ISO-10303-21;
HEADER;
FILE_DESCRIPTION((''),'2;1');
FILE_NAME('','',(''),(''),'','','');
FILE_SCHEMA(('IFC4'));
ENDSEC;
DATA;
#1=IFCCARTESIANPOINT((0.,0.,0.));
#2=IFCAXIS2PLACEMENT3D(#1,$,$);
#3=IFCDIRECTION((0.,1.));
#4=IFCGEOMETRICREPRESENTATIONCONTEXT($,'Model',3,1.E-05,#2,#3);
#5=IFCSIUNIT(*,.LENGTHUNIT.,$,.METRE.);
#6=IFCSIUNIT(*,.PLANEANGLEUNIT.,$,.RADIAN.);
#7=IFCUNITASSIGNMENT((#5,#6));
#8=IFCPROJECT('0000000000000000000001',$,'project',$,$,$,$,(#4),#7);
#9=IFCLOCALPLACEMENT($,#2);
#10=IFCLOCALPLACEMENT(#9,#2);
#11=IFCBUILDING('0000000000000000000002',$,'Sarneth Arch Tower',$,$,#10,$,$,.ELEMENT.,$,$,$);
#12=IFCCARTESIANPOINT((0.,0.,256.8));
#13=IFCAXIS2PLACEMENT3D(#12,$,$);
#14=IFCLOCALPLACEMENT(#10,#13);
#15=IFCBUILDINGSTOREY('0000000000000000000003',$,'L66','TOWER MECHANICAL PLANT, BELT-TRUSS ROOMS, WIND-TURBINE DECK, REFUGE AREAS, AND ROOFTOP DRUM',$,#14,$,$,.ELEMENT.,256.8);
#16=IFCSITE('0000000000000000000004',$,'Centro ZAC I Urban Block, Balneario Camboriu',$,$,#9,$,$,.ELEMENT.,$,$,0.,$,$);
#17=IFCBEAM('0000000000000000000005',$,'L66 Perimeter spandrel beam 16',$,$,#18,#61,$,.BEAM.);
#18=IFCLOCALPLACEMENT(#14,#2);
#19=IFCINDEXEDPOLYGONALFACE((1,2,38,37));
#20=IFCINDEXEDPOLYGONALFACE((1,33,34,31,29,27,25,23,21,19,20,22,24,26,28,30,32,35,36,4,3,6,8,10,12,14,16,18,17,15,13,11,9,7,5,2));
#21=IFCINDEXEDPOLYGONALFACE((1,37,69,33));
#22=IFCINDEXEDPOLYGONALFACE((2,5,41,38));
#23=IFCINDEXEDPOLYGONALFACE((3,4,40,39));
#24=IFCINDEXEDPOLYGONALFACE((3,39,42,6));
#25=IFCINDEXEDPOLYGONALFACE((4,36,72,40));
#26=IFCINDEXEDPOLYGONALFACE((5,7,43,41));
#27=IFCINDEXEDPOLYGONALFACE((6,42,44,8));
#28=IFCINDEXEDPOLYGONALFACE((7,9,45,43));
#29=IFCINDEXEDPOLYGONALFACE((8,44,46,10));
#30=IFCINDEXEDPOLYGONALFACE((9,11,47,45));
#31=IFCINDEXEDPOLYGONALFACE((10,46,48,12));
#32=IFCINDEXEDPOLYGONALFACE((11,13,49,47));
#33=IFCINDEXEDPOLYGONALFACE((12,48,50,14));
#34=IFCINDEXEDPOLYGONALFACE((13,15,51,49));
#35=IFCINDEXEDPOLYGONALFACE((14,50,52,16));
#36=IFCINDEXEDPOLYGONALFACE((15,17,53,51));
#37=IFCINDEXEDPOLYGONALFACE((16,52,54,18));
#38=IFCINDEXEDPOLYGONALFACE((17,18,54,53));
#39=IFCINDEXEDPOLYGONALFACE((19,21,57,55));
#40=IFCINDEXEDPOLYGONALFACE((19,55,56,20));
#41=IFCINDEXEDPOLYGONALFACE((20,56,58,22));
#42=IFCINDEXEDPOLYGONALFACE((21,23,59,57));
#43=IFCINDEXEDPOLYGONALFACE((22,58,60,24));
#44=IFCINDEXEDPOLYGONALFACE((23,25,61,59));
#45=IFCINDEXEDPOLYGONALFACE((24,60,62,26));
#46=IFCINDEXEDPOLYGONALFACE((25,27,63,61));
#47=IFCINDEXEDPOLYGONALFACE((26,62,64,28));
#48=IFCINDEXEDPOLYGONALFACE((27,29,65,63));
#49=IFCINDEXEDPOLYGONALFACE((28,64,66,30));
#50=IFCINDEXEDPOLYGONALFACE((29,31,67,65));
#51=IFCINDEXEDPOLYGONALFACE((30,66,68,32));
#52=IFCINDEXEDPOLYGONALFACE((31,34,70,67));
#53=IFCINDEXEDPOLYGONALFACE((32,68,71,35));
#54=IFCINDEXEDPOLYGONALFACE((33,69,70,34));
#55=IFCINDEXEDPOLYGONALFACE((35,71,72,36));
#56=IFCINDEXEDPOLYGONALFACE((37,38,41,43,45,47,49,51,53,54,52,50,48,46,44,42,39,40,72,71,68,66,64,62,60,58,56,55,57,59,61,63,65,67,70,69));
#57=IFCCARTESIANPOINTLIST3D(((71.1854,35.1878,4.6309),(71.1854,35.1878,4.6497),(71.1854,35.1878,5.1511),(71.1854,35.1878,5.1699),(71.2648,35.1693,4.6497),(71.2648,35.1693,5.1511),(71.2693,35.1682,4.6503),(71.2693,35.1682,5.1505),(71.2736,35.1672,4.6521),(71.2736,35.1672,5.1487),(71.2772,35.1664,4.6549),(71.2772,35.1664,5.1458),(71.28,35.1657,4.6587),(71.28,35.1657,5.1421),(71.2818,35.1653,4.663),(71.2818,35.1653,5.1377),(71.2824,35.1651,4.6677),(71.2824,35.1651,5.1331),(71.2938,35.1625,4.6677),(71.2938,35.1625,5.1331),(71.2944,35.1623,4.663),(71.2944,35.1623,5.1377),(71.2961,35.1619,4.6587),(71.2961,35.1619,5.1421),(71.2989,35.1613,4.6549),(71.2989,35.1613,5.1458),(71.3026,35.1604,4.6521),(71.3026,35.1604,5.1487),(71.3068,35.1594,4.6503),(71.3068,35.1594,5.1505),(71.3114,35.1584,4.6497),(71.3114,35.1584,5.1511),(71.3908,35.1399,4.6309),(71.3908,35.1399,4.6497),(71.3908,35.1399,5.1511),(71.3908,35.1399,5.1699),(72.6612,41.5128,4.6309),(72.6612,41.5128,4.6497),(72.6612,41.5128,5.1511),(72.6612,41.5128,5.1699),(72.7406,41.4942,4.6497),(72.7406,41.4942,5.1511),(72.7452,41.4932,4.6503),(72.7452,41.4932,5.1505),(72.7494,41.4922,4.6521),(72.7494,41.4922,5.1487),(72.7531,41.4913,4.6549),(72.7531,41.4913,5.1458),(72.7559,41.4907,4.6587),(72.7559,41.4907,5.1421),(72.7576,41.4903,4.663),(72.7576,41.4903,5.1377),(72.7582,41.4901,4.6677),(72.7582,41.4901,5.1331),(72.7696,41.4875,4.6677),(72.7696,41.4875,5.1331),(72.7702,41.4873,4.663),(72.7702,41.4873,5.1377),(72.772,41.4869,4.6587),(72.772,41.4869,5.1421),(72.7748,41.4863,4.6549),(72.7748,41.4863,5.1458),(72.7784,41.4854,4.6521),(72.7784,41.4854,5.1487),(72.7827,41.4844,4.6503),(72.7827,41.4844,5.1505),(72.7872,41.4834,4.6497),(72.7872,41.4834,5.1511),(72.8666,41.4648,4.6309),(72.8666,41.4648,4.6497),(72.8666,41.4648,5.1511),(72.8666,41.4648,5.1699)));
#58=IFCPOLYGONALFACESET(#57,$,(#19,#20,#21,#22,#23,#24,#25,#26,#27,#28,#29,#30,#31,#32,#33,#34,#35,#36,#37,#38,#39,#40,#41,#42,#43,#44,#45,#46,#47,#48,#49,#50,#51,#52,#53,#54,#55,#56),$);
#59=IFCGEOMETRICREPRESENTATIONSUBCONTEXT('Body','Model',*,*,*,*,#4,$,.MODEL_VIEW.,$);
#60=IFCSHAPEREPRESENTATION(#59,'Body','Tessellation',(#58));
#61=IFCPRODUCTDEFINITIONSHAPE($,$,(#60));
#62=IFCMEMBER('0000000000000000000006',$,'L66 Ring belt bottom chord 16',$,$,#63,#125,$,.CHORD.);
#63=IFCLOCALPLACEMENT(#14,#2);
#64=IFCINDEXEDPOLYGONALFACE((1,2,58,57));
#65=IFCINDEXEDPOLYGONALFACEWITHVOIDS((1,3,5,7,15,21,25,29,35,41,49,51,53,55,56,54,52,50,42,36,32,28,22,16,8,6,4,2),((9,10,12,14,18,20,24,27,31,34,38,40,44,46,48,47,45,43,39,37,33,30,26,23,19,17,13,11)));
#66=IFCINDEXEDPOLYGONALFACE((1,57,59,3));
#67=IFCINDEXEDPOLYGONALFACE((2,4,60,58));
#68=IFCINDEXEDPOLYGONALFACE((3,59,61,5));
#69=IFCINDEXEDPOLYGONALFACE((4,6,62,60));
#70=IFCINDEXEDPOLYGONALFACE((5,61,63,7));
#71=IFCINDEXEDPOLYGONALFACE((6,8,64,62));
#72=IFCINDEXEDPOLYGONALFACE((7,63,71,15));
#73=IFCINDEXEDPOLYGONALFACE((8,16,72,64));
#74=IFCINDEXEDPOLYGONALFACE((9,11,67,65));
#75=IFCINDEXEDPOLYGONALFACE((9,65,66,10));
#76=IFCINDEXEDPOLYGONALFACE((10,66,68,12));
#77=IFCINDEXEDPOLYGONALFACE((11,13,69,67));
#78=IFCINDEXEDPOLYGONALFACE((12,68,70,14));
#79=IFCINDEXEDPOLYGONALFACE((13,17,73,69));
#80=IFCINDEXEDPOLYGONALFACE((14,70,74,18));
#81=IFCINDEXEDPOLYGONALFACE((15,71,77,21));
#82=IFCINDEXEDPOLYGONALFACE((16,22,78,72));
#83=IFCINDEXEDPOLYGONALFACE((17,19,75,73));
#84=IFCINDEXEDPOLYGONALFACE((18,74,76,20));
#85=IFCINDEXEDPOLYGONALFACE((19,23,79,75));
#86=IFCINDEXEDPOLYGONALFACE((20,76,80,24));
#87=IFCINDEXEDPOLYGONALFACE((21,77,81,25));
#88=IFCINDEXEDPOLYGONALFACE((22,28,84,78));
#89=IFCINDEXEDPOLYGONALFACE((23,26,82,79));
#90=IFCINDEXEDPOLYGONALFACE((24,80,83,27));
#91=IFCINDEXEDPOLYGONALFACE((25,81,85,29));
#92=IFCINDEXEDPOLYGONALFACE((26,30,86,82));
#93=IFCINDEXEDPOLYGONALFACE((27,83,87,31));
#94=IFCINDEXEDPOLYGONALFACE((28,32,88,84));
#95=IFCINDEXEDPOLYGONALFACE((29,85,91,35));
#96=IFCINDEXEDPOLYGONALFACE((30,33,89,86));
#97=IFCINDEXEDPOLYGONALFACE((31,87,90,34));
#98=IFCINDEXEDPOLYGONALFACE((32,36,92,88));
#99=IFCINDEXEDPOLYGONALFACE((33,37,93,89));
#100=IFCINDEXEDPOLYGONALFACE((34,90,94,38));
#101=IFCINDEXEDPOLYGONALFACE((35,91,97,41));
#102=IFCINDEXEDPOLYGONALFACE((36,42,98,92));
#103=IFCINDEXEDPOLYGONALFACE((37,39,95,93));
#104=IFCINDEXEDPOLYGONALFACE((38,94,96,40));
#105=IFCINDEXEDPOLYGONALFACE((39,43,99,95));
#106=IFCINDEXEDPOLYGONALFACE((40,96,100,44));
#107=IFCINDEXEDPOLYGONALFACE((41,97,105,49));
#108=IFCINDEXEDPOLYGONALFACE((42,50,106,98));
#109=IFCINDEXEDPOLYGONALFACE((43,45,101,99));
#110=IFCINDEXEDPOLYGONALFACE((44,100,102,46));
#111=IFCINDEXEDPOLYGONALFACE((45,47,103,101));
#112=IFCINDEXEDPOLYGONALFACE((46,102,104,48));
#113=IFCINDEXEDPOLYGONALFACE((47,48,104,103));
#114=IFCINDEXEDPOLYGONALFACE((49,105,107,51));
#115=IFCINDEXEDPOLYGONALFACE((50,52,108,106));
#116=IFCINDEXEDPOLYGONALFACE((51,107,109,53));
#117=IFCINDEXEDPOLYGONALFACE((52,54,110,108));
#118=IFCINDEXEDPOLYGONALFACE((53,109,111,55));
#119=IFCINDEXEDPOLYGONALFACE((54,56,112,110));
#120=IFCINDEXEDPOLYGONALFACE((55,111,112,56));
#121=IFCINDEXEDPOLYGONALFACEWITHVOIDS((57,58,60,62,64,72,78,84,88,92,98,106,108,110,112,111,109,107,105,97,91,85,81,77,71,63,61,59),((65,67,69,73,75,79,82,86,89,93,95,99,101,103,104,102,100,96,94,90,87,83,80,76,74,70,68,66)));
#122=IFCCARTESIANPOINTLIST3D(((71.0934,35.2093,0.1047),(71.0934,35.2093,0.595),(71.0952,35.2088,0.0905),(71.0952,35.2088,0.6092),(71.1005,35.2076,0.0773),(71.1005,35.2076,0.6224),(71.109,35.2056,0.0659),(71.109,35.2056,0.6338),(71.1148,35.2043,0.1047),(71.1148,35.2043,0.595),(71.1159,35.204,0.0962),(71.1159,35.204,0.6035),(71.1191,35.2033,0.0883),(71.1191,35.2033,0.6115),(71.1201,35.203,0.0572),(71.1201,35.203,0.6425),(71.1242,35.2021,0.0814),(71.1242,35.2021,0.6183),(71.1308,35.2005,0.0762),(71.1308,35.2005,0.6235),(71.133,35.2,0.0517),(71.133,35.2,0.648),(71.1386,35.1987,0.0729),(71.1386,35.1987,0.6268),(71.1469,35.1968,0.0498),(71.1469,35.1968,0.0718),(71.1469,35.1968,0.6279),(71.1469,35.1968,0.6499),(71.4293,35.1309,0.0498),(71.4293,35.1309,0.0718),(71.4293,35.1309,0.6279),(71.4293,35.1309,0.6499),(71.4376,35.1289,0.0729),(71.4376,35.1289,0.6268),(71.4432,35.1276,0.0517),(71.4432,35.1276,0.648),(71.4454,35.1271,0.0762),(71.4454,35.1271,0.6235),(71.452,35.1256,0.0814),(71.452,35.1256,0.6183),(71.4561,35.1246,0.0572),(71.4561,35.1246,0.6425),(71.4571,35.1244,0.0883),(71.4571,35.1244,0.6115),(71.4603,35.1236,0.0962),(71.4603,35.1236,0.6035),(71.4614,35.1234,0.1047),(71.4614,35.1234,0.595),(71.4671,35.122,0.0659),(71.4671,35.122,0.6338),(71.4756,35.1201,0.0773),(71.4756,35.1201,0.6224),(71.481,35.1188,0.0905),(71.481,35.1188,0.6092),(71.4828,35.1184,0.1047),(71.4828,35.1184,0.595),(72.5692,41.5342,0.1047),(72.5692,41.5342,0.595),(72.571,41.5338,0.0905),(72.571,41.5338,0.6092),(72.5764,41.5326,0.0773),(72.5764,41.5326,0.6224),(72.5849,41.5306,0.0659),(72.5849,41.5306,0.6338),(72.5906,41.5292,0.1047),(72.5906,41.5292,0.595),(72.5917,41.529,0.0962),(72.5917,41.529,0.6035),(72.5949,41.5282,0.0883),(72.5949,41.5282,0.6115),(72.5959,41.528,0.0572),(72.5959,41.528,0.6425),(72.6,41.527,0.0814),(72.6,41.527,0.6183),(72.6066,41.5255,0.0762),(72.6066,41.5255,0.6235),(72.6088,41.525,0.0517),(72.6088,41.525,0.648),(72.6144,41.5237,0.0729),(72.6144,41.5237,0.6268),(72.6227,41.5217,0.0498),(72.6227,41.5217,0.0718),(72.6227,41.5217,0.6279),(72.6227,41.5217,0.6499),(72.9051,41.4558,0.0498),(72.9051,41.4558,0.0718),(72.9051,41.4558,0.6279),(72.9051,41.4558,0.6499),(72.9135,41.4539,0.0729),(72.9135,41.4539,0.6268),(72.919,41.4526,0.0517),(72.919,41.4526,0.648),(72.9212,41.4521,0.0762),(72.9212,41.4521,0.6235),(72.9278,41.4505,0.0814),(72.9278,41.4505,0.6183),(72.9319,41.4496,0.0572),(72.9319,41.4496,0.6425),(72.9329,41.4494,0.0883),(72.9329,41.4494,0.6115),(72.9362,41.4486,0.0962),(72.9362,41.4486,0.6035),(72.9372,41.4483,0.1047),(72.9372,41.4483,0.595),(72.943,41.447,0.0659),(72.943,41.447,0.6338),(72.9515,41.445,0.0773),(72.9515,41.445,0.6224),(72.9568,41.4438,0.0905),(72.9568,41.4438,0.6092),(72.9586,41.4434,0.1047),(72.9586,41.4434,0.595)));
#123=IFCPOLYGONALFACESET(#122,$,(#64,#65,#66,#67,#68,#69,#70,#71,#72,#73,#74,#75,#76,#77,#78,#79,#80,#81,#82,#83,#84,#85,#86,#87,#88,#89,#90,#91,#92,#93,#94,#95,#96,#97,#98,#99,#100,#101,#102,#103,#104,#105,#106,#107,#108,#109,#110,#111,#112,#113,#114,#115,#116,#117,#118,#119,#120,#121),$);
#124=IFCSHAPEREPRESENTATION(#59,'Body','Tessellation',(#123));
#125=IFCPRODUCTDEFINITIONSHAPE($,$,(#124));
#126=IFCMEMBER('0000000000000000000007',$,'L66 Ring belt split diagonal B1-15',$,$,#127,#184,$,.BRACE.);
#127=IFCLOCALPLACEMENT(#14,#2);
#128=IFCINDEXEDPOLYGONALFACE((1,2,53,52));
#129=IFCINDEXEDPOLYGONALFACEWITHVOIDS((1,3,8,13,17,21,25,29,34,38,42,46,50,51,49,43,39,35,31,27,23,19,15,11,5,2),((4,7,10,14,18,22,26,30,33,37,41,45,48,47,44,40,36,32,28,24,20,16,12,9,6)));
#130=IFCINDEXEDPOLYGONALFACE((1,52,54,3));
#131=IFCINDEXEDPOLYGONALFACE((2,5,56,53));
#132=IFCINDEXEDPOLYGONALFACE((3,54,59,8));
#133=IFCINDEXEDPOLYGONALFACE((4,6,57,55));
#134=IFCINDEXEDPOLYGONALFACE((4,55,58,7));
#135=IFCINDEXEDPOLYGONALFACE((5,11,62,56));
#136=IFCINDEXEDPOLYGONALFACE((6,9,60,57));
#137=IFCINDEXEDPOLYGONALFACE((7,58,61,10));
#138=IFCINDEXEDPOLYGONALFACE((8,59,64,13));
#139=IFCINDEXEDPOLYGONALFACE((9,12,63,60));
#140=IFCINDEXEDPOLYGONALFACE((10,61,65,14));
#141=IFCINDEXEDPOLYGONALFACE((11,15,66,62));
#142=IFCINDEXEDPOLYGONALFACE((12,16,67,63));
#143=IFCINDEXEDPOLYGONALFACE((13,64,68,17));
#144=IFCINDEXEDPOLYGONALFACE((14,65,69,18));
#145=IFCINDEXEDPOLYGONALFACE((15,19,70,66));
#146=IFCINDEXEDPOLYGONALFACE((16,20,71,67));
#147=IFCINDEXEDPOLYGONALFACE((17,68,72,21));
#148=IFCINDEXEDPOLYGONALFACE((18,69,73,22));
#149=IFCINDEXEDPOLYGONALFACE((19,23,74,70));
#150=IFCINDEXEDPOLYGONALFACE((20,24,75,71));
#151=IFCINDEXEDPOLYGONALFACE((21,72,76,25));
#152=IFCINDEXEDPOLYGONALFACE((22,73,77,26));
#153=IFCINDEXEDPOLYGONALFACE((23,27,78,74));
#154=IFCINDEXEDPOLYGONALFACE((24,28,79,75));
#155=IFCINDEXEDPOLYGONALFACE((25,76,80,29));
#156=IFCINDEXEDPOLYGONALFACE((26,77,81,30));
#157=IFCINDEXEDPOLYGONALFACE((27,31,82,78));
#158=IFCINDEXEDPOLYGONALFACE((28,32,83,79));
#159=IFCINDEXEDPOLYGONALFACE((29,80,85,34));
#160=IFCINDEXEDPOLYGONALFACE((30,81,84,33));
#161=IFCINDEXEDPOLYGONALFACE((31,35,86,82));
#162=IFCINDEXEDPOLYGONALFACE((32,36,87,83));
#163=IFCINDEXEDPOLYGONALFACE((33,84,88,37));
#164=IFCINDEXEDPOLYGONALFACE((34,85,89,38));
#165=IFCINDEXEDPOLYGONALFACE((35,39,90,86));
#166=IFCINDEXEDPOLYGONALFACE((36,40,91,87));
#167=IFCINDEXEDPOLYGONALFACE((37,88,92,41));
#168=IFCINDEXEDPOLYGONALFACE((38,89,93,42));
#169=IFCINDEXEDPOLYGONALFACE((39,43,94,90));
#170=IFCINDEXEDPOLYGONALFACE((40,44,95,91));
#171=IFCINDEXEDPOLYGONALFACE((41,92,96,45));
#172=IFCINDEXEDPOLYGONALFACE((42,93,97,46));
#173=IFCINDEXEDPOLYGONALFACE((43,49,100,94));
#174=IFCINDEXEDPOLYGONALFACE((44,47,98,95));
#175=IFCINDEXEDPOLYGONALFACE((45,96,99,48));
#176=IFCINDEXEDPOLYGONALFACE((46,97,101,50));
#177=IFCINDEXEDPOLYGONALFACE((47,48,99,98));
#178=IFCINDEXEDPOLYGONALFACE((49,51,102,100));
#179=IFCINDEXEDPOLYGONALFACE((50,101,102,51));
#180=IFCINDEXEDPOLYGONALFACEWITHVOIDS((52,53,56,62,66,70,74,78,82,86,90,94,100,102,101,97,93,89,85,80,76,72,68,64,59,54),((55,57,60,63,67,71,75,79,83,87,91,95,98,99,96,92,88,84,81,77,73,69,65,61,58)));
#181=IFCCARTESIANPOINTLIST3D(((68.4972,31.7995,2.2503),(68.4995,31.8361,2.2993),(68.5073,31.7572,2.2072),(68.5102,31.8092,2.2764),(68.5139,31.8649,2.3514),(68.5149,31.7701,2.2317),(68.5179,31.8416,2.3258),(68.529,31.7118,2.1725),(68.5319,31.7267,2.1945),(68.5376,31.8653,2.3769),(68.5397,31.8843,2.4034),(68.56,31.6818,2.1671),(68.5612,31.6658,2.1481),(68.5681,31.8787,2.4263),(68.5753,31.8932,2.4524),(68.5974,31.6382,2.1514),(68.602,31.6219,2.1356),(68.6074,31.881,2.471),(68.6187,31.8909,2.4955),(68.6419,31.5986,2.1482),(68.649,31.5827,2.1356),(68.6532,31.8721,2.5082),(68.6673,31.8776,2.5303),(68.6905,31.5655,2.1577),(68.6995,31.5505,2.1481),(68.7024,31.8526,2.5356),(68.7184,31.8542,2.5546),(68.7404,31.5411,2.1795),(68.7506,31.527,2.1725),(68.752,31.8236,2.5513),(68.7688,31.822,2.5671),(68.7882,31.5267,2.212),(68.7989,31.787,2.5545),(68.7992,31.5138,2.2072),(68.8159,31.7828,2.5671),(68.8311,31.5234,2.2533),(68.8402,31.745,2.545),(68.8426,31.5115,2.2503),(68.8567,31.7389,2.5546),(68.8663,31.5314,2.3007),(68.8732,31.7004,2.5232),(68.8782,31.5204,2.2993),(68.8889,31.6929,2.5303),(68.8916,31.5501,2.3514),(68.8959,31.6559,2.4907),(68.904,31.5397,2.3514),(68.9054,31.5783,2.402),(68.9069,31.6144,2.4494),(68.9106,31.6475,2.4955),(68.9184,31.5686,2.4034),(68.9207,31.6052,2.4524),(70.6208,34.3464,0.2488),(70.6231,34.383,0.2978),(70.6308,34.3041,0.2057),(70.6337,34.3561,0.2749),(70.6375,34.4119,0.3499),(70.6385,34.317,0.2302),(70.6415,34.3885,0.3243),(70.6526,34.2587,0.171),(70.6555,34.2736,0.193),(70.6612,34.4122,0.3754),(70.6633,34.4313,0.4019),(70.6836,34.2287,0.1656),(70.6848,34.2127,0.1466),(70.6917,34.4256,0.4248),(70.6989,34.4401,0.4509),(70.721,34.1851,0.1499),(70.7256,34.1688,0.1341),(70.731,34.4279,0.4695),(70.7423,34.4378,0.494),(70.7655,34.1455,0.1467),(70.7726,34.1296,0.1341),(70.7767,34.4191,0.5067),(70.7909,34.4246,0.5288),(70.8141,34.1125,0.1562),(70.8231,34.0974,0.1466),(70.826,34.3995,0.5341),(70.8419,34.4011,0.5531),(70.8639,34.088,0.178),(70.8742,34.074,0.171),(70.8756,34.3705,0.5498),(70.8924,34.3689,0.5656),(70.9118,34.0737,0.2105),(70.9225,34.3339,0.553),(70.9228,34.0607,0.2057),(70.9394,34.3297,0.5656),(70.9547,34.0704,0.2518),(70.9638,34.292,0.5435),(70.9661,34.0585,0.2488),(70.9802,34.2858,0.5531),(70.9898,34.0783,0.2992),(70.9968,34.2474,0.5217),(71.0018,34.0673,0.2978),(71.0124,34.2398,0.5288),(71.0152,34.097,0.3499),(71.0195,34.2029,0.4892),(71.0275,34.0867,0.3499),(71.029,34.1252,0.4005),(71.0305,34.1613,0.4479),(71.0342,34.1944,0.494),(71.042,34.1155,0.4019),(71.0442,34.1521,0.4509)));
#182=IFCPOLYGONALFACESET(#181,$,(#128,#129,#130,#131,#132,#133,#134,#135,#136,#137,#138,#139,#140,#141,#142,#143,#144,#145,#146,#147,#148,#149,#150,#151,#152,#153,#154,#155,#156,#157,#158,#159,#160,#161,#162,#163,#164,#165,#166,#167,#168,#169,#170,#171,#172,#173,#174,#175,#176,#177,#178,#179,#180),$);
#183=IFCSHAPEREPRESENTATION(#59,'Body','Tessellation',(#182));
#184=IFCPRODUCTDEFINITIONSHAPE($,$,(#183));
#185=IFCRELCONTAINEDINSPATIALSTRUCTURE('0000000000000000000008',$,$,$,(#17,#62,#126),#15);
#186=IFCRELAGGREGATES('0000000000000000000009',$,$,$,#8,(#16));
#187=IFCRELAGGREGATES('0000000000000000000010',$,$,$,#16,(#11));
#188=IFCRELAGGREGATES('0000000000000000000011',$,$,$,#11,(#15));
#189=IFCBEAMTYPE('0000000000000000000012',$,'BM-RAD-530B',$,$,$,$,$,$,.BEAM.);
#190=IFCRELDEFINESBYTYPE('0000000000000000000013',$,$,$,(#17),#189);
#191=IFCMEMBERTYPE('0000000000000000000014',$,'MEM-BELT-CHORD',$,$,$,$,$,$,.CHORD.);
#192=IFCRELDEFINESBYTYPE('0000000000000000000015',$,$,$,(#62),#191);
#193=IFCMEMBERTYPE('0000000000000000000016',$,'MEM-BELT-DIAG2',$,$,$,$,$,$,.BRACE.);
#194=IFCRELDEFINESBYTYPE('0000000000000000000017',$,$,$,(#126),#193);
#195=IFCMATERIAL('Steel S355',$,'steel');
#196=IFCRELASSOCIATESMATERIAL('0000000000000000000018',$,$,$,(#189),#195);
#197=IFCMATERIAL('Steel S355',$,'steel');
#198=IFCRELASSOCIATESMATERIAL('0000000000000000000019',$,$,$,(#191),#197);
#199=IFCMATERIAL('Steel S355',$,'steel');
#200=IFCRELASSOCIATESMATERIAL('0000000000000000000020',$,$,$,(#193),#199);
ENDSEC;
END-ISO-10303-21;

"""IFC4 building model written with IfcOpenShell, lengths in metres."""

from ifc_helpers import new_model, si_unit, direction, frame, origin, origin_2d, place, context, subcontext, project, spatial, hollow_rectangle, hollow_circle, i_section, extrude, material, material_profile, profile_set, type_object, element, save


model = new_model("IFC4")

# Units and contexts
model_context = context("Model", 3, precision=1e-05, world=origin(), true_north=direction((0.0, 1.0)))
body_context = subcontext(model_context, "Body", "Model", "MODEL_VIEW")
ifc_project = project(units=[si_unit("LENGTHUNIT", "METRE"), si_unit("PLANEANGLEUNIT", "RADIAN")], contexts=[model_context])

# Site, building, storey
site_placement = place(None, origin())
site = spatial("IfcSite", under=ifc_project, at=site_placement, Name="Centro ZAC I Urban Block, Balneario Camboriu", CompositionType="ELEMENT", RefElevation=0.0)
building_placement = place(site_placement, origin())
building = spatial("IfcBuilding", under=site, at=building_placement, Name="Sarneth Arch Tower", CompositionType="ELEMENT")
storey_placement = place(building_placement, frame((0.0, 0.0, 256.8)))
storey = spatial("IfcBuildingStorey", under=building, at=storey_placement, Name="L66", Description="TOWER MECHANICAL PLANT, BELT-TRUSS ROOMS, WIND-TURBINE DECK, REFUGE AREAS, AND ROOFTOP DRUM", CompositionType="ELEMENT", Elevation=256.8)

# Beam
ifc_material_1 = material(Name="Steel S355", Category="steel")
ifc_material_profile_1 = material_profile(ifc_material_1, i_section(OverallWidth=0.2109, OverallDepth=0.5391, WebThickness=0.0117, FlangeThickness=0.0188, FilletRadius=0.0181, at=origin_2d()), Name="W530x109")
ifc_profile_set_1 = profile_set([ifc_material_profile_1], Name="Steel S355")
beam_type_1 = type_object("IfcBeamType", Name="BM-RAD-530B", PredefinedType="BEAM", material=ifc_profile_set_1)
beam_1_placement = place(storey_placement, frame((71.2881, 35.1638, 4.9004), z_axis=(0.227231, 0.973841, 0.0), x_axis=(-0.973841, 0.227231, 0.0)))
element("IfcBeam", 1, at=beam_1_placement, inside=storey, type_object=beam_type_1, Name="L66 Perimeter spandrel beam 16", PredefinedType="BEAM", context=body_context, shape_type="SweptSolid", body=[
    extrude(i_section(OverallWidth=0.2109, OverallDepth=0.5391, WebThickness=0.0117, FlangeThickness=0.0188, FilletRadius=0.0181, at=origin_2d()), origin(), (0.0, 0.0, 1.0), 6.4949),
])

# Members
ifc_material_2 = material(Name="Steel S355", Category="steel")
ifc_material_profile_2 = material_profile(ifc_material_2, hollow_rectangle(XDim=0.3999, YDim=0.6001, WallThickness=0.022, InnerFilletRadius=0.033, OuterFilletRadius=0.0549, at=origin_2d()), Name="RHS600x400x22")
ifc_profile_set_2 = profile_set([ifc_material_profile_2], Name="Steel S355")
member_type_1 = type_object("IfcMemberType", Name="MEM-BELT-CHORD", PredefinedType="CHORD", material=ifc_profile_set_2)
member_1_placement = place(storey_placement, frame((71.2881, 35.1638, 0.3499), z_axis=(0.227231, 0.973841, 0.0), x_axis=(-0.973841, 0.227231, 0.0)))
element("IfcMember", 2, at=member_1_placement, inside=storey, type_object=member_type_1, Name="L66 Ring belt bottom chord 16", PredefinedType="CHORD", context=body_context, shape_type="SweptSolid", body=[
    extrude(hollow_rectangle(XDim=0.3999, YDim=0.6001, WallThickness=0.022, InnerFilletRadius=0.033, OuterFilletRadius=0.0549, at=origin_2d()), origin(), (0.0, 0.0, 1.0), 6.4949),
])
ifc_material_3 = material(Name="Steel S355", Category="steel")
ifc_material_profile_3 = material_profile(ifc_material_3, hollow_circle(Radius=0.2539, WallThickness=0.0161, at=origin_2d()), Name="CHS508x16")
ifc_profile_set_3 = profile_set([ifc_material_profile_3], Name="Steel S355")
member_type_2 = type_object("IfcMemberType", Name="MEM-BELT-DIAG2", PredefinedType="BRACE", material=ifc_profile_set_3)
member_2_placement = place(storey_placement, frame((70.8325, 34.2493, 0.3499), z_axis=(-0.548261, -0.65756, 0.516744), x_axis=(0.768052, -0.640387, 0.0)))
element("IfcMember", 3, at=member_2_placement, inside=storey, type_object=member_type_2, Name="L66 Ring belt split diagonal B1-15", PredefinedType="BRACE", context=body_context, shape_type="SweptSolid", body=[
    extrude(hollow_circle(Radius=0.2539, WallThickness=0.0161, at=origin_2d()), origin(), (0.0, 0.0, 1.0), 3.8733),
])

save(model, "model.ifc")
